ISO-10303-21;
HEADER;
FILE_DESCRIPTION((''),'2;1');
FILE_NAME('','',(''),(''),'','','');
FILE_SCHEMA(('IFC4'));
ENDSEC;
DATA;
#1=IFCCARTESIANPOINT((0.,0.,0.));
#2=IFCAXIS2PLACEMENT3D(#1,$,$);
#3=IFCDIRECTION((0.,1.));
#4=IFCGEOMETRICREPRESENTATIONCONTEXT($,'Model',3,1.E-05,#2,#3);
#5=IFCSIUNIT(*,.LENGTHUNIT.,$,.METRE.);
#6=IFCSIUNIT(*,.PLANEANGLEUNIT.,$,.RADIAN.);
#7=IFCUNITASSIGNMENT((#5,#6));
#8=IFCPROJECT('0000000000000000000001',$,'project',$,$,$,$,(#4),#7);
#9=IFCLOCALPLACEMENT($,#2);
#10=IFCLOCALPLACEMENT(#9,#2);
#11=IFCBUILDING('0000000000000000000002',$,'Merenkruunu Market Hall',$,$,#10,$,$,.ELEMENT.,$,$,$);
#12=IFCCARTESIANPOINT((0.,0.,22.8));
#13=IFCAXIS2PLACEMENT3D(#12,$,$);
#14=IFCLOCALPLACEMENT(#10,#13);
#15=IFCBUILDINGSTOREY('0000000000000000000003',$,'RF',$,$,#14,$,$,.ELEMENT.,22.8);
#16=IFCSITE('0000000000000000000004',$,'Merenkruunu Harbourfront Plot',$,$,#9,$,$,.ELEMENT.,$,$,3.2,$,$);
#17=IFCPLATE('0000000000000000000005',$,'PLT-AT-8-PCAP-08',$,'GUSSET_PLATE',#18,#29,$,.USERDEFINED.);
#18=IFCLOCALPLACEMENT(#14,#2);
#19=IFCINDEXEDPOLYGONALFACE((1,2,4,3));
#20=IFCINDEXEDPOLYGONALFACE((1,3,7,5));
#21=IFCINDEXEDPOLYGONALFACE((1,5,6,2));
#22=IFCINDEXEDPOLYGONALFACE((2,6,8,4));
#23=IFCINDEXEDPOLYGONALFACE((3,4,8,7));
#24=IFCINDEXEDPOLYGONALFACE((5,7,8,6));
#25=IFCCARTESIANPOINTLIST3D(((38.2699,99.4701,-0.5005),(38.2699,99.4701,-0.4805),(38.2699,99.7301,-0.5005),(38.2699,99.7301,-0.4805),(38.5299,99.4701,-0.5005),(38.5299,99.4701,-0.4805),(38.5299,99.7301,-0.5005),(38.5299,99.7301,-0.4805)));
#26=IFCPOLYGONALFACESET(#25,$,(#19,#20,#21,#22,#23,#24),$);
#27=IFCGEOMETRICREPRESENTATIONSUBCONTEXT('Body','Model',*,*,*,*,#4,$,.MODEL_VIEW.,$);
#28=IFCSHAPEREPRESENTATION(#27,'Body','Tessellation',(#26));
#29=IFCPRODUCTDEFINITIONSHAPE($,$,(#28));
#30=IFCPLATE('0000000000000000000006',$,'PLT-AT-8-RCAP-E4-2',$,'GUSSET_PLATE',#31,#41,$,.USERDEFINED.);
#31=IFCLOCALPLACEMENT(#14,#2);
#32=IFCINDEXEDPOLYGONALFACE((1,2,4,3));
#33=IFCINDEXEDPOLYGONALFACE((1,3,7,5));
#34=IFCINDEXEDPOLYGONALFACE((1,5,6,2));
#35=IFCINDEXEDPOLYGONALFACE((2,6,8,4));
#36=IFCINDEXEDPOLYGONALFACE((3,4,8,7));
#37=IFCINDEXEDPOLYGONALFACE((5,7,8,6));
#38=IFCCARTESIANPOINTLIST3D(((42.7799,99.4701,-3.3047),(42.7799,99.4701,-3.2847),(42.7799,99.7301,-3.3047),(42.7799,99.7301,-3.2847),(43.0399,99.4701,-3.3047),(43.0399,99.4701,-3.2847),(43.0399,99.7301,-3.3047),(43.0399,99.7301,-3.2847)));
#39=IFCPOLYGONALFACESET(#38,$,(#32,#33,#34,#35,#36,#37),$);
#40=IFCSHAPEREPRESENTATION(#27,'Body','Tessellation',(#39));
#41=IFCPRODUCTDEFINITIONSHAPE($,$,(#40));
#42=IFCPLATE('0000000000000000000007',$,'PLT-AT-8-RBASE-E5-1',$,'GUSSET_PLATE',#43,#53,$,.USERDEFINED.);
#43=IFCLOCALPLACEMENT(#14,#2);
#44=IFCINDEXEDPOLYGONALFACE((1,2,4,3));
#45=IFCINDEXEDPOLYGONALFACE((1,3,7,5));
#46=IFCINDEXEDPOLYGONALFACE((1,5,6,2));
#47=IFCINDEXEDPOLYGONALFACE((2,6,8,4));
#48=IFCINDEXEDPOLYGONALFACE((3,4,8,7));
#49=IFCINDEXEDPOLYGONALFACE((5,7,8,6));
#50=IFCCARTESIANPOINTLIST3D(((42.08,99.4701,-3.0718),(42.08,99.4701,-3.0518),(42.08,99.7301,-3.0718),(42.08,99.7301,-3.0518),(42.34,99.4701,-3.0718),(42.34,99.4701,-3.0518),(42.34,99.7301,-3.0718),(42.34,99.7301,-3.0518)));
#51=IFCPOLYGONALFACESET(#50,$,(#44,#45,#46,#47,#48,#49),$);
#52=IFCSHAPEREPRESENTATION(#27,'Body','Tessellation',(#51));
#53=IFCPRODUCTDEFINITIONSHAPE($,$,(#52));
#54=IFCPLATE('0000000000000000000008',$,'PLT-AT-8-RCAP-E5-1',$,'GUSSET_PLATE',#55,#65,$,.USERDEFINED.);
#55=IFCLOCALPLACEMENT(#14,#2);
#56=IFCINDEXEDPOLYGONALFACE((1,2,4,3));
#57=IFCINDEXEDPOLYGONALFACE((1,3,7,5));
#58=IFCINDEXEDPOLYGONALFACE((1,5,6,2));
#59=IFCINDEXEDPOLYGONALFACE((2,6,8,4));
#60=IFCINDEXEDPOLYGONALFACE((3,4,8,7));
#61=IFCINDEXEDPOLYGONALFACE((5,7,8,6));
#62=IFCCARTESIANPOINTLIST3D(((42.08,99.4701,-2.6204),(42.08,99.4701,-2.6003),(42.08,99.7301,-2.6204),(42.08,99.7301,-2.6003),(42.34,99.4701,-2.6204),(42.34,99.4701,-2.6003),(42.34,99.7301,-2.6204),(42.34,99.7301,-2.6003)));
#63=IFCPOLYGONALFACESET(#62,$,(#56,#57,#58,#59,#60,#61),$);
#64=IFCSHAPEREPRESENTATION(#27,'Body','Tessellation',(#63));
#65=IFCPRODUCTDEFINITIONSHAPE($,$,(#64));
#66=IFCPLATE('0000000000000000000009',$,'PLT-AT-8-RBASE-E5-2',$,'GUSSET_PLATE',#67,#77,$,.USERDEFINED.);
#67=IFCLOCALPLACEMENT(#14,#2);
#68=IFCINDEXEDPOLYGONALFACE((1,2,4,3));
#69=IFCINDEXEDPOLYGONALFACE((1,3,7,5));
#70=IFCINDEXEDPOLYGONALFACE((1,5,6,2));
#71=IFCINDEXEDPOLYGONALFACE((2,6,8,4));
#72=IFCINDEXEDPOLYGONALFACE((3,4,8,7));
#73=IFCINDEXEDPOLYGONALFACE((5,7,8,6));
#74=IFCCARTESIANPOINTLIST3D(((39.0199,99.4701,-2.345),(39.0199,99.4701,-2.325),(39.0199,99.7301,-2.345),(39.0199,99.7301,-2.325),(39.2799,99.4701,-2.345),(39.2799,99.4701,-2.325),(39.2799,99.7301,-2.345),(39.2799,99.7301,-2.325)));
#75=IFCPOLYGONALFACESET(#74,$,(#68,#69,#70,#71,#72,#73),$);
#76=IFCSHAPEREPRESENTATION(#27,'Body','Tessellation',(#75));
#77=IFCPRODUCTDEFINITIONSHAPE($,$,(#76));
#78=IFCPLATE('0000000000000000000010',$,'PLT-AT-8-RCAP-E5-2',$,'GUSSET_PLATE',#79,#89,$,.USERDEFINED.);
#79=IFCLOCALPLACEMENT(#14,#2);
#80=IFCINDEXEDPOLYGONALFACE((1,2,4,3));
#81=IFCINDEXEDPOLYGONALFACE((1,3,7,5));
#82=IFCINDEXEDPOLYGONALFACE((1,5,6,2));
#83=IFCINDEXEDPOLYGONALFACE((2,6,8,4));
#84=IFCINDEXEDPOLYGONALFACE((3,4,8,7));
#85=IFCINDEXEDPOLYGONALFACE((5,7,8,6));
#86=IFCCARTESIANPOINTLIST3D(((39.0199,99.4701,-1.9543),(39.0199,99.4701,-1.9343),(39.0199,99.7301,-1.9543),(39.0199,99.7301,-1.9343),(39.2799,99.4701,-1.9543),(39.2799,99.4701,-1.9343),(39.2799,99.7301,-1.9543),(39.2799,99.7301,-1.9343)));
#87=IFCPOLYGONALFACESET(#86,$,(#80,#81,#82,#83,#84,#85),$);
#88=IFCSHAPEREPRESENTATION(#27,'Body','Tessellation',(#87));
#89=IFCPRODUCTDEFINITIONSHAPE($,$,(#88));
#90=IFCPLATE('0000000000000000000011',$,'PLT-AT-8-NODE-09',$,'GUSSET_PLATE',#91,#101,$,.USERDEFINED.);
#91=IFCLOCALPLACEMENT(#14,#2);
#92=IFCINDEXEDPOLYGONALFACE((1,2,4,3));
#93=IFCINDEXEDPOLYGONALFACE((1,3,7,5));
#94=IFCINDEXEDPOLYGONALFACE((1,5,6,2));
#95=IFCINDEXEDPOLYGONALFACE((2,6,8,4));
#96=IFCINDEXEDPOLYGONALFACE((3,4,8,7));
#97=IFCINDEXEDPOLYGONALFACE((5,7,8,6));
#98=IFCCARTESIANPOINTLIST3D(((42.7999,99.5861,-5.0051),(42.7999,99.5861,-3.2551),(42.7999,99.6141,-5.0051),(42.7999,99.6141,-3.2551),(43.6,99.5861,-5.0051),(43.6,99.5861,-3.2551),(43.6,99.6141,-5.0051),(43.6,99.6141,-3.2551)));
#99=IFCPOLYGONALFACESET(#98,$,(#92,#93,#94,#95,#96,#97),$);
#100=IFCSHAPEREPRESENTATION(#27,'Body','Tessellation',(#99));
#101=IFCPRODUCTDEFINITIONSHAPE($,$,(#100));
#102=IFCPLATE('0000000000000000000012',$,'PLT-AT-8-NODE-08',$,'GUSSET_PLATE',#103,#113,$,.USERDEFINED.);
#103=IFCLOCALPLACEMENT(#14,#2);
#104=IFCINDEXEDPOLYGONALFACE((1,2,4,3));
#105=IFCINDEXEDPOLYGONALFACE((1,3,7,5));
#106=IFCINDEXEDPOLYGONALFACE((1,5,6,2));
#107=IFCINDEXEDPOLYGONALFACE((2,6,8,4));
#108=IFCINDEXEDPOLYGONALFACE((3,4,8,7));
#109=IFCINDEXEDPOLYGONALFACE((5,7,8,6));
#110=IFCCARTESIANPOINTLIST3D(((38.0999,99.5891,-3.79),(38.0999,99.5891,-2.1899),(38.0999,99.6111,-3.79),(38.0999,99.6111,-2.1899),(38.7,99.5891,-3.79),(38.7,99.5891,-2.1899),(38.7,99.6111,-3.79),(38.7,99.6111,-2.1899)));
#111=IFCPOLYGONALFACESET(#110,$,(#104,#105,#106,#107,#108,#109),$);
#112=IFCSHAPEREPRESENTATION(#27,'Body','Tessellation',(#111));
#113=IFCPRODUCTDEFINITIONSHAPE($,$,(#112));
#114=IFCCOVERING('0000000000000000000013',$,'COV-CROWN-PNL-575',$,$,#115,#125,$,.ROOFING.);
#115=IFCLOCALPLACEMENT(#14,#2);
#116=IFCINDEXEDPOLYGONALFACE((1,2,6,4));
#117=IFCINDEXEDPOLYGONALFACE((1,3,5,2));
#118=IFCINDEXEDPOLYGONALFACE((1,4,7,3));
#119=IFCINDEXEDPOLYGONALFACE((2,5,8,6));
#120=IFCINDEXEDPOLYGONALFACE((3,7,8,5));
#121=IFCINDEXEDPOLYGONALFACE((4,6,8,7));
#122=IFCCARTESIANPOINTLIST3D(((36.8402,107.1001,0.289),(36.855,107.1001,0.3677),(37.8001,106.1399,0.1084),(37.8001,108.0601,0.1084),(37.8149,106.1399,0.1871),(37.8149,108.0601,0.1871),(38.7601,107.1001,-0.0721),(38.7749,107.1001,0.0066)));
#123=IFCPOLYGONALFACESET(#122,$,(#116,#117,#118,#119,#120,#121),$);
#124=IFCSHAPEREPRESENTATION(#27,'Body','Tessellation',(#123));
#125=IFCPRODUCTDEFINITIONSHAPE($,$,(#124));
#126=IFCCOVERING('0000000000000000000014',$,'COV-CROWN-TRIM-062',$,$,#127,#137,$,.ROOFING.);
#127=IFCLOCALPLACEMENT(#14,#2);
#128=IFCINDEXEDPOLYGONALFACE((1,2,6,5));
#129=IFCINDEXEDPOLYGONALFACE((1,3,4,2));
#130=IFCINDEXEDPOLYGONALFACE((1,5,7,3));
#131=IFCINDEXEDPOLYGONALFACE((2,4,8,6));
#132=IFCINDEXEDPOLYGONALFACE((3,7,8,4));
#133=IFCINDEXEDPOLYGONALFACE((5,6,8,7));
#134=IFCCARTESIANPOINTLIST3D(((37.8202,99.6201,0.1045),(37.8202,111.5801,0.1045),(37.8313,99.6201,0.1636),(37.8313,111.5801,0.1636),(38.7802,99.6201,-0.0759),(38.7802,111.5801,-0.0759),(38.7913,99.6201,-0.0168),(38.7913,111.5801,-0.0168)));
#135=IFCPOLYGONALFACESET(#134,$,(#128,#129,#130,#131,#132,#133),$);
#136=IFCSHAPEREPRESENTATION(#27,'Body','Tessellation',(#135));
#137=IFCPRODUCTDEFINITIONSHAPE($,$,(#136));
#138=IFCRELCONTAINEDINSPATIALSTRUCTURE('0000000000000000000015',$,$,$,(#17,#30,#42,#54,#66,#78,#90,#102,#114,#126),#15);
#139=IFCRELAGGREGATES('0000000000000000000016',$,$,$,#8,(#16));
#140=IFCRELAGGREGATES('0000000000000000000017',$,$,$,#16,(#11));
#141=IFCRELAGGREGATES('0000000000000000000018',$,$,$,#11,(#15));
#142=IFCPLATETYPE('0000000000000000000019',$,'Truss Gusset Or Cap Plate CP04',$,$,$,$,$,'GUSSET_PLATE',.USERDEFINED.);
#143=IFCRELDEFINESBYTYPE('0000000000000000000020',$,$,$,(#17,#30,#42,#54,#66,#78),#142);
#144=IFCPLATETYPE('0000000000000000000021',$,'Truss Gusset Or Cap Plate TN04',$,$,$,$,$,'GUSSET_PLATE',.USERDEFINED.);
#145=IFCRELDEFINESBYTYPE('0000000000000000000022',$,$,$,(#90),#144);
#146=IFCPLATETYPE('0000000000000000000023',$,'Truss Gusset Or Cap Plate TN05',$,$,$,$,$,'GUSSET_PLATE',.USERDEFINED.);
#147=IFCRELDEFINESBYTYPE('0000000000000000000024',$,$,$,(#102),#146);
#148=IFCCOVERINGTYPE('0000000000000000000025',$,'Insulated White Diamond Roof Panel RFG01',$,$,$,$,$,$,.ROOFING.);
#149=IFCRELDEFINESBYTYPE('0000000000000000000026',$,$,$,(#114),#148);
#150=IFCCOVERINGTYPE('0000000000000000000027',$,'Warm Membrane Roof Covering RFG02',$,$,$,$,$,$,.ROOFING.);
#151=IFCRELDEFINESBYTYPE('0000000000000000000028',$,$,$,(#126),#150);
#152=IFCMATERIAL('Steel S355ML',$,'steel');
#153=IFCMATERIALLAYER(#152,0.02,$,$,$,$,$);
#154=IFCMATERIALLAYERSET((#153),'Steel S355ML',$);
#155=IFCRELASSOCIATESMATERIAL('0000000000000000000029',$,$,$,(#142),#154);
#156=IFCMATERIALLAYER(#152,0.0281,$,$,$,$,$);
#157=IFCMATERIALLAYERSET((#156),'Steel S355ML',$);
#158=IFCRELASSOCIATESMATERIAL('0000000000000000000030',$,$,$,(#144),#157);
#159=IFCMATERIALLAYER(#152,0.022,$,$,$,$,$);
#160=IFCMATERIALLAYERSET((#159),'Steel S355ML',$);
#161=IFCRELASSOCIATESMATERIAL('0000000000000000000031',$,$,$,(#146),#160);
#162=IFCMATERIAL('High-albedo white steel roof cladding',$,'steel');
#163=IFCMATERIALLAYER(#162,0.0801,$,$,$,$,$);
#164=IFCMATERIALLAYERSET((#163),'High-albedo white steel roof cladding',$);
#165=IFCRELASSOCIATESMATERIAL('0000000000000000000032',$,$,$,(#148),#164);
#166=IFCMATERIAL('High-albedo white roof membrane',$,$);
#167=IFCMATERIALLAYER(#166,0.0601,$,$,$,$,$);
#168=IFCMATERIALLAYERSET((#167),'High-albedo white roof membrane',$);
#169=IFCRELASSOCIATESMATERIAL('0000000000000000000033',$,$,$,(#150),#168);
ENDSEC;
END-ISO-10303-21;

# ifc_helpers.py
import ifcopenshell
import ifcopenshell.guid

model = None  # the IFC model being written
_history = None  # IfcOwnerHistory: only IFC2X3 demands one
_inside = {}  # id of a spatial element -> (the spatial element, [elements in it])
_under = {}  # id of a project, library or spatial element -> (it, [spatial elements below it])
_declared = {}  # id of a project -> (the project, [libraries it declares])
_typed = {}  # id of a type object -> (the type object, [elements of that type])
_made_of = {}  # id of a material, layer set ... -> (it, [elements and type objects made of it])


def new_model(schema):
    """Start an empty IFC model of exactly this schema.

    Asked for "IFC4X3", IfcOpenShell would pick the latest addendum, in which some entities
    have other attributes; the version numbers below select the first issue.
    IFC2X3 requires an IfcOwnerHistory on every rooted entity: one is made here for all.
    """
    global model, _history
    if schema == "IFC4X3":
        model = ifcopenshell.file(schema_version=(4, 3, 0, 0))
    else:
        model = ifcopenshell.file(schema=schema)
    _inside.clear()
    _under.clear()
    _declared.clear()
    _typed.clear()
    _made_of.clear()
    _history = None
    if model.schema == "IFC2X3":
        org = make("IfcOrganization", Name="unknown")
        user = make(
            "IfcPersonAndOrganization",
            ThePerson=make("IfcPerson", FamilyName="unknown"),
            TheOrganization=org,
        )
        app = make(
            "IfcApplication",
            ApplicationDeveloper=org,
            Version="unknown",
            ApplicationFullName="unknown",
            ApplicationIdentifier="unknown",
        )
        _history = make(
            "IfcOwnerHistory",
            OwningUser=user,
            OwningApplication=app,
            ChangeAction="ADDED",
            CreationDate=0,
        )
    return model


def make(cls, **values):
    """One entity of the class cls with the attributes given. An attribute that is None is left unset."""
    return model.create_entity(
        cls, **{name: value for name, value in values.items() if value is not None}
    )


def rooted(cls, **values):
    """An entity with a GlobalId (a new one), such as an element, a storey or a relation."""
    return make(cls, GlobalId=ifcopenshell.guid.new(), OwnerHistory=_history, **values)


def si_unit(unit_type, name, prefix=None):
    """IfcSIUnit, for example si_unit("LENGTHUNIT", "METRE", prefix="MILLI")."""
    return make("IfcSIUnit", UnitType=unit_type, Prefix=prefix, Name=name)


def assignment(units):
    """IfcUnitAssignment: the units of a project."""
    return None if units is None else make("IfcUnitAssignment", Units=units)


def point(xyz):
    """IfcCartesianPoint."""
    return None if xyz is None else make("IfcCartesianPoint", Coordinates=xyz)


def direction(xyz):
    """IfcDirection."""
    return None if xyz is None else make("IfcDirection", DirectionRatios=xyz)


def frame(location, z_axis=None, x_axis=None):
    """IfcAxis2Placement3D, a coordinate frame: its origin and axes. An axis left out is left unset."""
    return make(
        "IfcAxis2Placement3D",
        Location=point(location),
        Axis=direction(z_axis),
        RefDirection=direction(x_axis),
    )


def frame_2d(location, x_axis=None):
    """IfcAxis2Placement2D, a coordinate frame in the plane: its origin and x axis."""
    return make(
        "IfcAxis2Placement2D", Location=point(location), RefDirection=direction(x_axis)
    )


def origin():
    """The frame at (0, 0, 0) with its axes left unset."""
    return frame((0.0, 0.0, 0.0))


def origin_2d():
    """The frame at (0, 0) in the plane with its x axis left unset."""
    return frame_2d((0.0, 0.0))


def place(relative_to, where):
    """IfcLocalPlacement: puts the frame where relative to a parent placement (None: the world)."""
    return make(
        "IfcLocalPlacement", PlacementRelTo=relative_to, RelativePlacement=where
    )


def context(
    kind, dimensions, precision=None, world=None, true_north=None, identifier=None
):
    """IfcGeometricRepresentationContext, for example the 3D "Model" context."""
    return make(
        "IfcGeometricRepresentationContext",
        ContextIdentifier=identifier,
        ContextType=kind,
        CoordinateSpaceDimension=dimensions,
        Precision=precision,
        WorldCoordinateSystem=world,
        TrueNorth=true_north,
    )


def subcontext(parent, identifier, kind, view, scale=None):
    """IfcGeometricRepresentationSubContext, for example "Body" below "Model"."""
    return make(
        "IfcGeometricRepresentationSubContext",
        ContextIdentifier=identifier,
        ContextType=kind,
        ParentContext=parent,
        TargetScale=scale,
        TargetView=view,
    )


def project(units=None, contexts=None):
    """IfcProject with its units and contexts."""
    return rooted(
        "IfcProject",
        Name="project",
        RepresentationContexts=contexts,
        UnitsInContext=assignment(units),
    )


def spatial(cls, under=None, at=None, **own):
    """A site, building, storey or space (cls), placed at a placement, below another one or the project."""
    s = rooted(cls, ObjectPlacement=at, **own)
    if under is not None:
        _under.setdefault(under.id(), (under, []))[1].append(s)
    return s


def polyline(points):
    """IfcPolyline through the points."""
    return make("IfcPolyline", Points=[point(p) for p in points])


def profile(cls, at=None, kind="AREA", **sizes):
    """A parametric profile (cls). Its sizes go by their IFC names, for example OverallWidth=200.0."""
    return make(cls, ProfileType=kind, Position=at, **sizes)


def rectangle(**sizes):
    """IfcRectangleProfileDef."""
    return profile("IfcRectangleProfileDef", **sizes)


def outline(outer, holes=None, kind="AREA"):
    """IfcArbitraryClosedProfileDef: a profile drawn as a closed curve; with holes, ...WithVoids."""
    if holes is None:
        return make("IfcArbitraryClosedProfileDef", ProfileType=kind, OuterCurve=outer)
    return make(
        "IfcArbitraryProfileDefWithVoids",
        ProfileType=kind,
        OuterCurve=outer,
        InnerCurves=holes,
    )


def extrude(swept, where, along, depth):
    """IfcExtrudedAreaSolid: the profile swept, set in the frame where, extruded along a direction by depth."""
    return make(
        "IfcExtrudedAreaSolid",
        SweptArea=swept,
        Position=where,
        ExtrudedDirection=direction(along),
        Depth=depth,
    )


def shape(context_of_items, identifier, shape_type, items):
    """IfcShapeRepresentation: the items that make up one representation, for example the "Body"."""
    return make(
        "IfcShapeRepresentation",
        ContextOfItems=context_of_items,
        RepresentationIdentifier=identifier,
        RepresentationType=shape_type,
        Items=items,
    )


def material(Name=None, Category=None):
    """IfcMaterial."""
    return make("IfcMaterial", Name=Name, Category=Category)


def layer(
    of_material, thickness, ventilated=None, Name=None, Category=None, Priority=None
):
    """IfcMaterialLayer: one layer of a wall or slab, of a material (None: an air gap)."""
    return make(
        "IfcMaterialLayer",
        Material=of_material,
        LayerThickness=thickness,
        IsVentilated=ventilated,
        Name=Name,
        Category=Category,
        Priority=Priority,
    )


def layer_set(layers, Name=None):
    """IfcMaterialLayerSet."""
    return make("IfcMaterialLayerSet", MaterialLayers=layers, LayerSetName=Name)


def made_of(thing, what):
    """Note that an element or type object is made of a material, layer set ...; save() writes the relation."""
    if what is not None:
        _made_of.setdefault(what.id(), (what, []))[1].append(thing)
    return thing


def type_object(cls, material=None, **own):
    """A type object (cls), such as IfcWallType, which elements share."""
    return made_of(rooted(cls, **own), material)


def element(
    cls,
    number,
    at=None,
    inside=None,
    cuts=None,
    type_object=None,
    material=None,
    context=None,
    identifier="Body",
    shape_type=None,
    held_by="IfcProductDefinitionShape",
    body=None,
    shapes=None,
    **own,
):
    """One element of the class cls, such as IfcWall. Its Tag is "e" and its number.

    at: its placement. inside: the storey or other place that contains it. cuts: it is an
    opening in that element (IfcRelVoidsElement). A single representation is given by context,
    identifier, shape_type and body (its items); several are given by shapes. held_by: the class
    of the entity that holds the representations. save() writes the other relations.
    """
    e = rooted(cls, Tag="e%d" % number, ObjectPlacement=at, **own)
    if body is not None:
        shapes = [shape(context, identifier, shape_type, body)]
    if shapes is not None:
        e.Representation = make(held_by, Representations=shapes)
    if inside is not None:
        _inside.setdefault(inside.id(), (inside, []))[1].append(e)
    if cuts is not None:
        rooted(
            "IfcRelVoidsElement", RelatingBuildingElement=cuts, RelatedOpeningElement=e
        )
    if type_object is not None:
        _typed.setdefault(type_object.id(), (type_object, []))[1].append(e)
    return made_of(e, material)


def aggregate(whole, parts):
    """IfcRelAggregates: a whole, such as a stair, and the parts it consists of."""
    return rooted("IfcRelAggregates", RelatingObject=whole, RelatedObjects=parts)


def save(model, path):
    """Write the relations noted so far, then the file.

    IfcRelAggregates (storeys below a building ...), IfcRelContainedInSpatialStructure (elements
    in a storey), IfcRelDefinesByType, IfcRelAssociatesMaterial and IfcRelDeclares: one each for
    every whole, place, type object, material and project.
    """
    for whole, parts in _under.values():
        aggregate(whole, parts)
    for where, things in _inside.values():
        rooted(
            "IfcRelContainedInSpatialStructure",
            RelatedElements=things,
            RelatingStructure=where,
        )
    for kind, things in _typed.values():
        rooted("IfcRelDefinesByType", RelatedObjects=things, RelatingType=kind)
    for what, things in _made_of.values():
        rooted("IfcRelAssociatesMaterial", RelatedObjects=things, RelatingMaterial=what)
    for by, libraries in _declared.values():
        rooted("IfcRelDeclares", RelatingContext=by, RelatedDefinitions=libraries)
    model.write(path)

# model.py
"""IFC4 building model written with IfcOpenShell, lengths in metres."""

from ifc_helpers import new_model, si_unit, direction, frame, origin, origin_2d, place, context, subcontext, project, spatial, polyline, rectangle, outline, extrude, material, layer, layer_set, type_object, element, save


model = new_model("IFC4")

# Units and contexts
model_context = context("Model", 3, precision=1e-05, world=origin(), true_north=direction((0.0, 1.0)))
body_context = subcontext(model_context, "Body", "Model", "MODEL_VIEW")
ifc_project = project(units=[si_unit("LENGTHUNIT", "METRE"), si_unit("PLANEANGLEUNIT", "RADIAN")], contexts=[model_context])

# Site, building, storey
site_placement = place(None, origin())
site = spatial("IfcSite", under=ifc_project, at=site_placement, Name="Merenkruunu Harbourfront Plot", CompositionType="ELEMENT", RefElevation=3.2)
building_placement = place(site_placement, origin())
building = spatial("IfcBuilding", under=site, at=building_placement, Name="Merenkruunu Market Hall", CompositionType="ELEMENT")
storey_placement = place(building_placement, frame((0.0, 0.0, 22.8)))
storey = spatial("IfcBuildingStorey", under=building, at=storey_placement, Name="RF", CompositionType="ELEMENT", Elevation=22.8)

# Shared definitions
ifc_material_1 = material(Name="Steel S355ML", Category="steel")

# Plates
ifc_layer_1 = layer(ifc_material_1, 0.02)
ifc_layer_set_1 = layer_set([ifc_layer_1], Name="Steel S355ML")
plate_type_1 = type_object("IfcPlateType", Name="Truss Gusset Or Cap Plate CP04", ElementType="GUSSET_PLATE", PredefinedType="USERDEFINED", material=ifc_layer_set_1)
for number, where, z_axis, x_axis, name in (
    (1, (38.3999, 99.6001, -0.5005), (0.0, 0.0, 1.0), (1.0, 0.0, 0.0), "PLT-AT-8-PCAP-08"),
    (2, (42.9099, 99.6001, -3.3047), (0.0, 0.0, 1.0), (1.0, 0.0, 0.0), "PLT-AT-8-RCAP-E4-2"),
    (3, (42.21, 99.6001, -3.0718), (0.0, 0.0, 1.0), (1.0, 0.0, 0.0), "PLT-AT-8-RBASE-E5-1"),
    (4, (42.21, 99.6001, -2.6204), (0.0, 0.0, 1.0), (1.0, 0.0, 0.0), "PLT-AT-8-RCAP-E5-1"),
    (5, (39.1499, 99.6001, -2.345), (0.0, 0.0, 1.0), (1.0, 0.0, 0.0), "PLT-AT-8-RBASE-E5-2"),
    (6, (39.1499, 99.6001, -1.9543), (0.0, 0.0, 1.0), (1.0, 0.0, 0.0), "PLT-AT-8-RCAP-E5-2"),
):
    element("IfcPlate", number, at=place(storey_placement, frame(where, z_axis=z_axis, x_axis=x_axis)), inside=storey, type_object=plate_type_1, Name=name, ObjectType="GUSSET_PLATE", PredefinedType="USERDEFINED", context=body_context, shape_type="SweptSolid", body=[
        extrude(rectangle(XDim=0.26, YDim=0.26, at=origin_2d()), origin(), (0.0, 0.0, 1.0), 0.02),
    ])
ifc_layer_2 = layer(ifc_material_1, 0.0281)
ifc_layer_set_2 = layer_set([ifc_layer_2], Name="Steel S355ML")
plate_type_2 = type_object("IfcPlateType", Name="Truss Gusset Or Cap Plate TN04", ElementType="GUSSET_PLATE", PredefinedType="USERDEFINED", material=ifc_layer_set_2)
plate_1_placement = place(storey_placement, frame((43.2, 99.6001, -5.0051), z_axis=(0.0, 0.0, 1.0), x_axis=(1.0, 0.0, 0.0)))
element("IfcPlate", 7, at=plate_1_placement, inside=storey, type_object=plate_type_2, Name="PLT-AT-8-NODE-09", ObjectType="GUSSET_PLATE", PredefinedType="USERDEFINED", context=body_context, shape_type="SweptSolid", body=[
    extrude(rectangle(XDim=0.8, YDim=0.0281, at=origin_2d()), origin(), (0.0, 0.0, 1.0), 1.75),
])
ifc_layer_3 = layer(ifc_material_1, 0.022)
ifc_layer_set_3 = layer_set([ifc_layer_3], Name="Steel S355ML")
plate_type_3 = type_object("IfcPlateType", Name="Truss Gusset Or Cap Plate TN05", ElementType="GUSSET_PLATE", PredefinedType="USERDEFINED", material=ifc_layer_set_3)
plate_2_placement = place(storey_placement, frame((38.3999, 99.6001, -3.79), z_axis=(0.0, 0.0, 1.0), x_axis=(1.0, 0.0, 0.0)))
element("IfcPlate", 8, at=plate_2_placement, inside=storey, type_object=plate_type_3, Name="PLT-AT-8-NODE-08", ObjectType="GUSSET_PLATE", PredefinedType="USERDEFINED", context=body_context, shape_type="SweptSolid", body=[
    extrude(rectangle(XDim=0.6001, YDim=0.022, at=origin_2d()), origin(), (0.0, 0.0, 1.0), 1.6001),
])

# Coverings
ifc_material_2 = material(Name="High-albedo white steel roof cladding", Category="steel")
ifc_layer_4 = layer(ifc_material_2, 0.0801)
ifc_layer_set_4 = layer_set([ifc_layer_4], Name="High-albedo white steel roof cladding")
covering_type_1 = type_object("IfcCoveringType", Name="Insulated White Diamond Roof Panel RFG01", PredefinedType="ROOFING", material=ifc_layer_set_4)
covering_1_placement = place(storey_placement, frame((36.855, 107.1001, 0.3677), z_axis=(0.184832, 0.0, 0.98277), x_axis=(0.70084, -0.701035, -0.131809)))
element("IfcCovering", 9, at=covering_1_placement, inside=storey, type_object=covering_type_1, Name="COV-CROWN-PNL-575", PredefinedType="ROOFING", context=body_context, shape_type="SweptSolid", body=[
    extrude(outline(polyline([(0.0, 0.0), (1.3697, 0.0), (1.3932, 1.3695), (0.0236, 1.3693), (0.0, 0.0)])), origin(), (0.0, 0.0, -1.0), 0.0801),
])
ifc_material_3 = material(Name="High-albedo white roof membrane")
ifc_layer_5 = layer(ifc_material_3, 0.0601)
ifc_layer_set_5 = layer_set([ifc_layer_5], Name="High-albedo white roof membrane")
covering_type_2 = type_object("IfcCoveringType", Name="Warm Membrane Roof Covering RFG02", PredefinedType="ROOFING", material=ifc_layer_set_5)
covering_2_placement = place(storey_placement, frame((37.8313, 99.6201, 0.1636), z_axis=(0.184711, 0.0, 0.982793), x_axis=(0.982793, 0.0, -0.184711)))
element("IfcCovering", 10, at=covering_2_placement, inside=storey, type_object=covering_type_2, Name="COV-CROWN-TRIM-062", PredefinedType="ROOFING", context=body_context, shape_type="SweptSolid", body=[
    extrude(outline(polyline([(0.0, 0.0), (0.9768, 0.0), (0.9768, 11.96), (0.0, 11.96), (0.0, 0.0)])), origin(), (0.0, 0.0, -1.0), 0.0601),
])

save(model, "model.ifc")
